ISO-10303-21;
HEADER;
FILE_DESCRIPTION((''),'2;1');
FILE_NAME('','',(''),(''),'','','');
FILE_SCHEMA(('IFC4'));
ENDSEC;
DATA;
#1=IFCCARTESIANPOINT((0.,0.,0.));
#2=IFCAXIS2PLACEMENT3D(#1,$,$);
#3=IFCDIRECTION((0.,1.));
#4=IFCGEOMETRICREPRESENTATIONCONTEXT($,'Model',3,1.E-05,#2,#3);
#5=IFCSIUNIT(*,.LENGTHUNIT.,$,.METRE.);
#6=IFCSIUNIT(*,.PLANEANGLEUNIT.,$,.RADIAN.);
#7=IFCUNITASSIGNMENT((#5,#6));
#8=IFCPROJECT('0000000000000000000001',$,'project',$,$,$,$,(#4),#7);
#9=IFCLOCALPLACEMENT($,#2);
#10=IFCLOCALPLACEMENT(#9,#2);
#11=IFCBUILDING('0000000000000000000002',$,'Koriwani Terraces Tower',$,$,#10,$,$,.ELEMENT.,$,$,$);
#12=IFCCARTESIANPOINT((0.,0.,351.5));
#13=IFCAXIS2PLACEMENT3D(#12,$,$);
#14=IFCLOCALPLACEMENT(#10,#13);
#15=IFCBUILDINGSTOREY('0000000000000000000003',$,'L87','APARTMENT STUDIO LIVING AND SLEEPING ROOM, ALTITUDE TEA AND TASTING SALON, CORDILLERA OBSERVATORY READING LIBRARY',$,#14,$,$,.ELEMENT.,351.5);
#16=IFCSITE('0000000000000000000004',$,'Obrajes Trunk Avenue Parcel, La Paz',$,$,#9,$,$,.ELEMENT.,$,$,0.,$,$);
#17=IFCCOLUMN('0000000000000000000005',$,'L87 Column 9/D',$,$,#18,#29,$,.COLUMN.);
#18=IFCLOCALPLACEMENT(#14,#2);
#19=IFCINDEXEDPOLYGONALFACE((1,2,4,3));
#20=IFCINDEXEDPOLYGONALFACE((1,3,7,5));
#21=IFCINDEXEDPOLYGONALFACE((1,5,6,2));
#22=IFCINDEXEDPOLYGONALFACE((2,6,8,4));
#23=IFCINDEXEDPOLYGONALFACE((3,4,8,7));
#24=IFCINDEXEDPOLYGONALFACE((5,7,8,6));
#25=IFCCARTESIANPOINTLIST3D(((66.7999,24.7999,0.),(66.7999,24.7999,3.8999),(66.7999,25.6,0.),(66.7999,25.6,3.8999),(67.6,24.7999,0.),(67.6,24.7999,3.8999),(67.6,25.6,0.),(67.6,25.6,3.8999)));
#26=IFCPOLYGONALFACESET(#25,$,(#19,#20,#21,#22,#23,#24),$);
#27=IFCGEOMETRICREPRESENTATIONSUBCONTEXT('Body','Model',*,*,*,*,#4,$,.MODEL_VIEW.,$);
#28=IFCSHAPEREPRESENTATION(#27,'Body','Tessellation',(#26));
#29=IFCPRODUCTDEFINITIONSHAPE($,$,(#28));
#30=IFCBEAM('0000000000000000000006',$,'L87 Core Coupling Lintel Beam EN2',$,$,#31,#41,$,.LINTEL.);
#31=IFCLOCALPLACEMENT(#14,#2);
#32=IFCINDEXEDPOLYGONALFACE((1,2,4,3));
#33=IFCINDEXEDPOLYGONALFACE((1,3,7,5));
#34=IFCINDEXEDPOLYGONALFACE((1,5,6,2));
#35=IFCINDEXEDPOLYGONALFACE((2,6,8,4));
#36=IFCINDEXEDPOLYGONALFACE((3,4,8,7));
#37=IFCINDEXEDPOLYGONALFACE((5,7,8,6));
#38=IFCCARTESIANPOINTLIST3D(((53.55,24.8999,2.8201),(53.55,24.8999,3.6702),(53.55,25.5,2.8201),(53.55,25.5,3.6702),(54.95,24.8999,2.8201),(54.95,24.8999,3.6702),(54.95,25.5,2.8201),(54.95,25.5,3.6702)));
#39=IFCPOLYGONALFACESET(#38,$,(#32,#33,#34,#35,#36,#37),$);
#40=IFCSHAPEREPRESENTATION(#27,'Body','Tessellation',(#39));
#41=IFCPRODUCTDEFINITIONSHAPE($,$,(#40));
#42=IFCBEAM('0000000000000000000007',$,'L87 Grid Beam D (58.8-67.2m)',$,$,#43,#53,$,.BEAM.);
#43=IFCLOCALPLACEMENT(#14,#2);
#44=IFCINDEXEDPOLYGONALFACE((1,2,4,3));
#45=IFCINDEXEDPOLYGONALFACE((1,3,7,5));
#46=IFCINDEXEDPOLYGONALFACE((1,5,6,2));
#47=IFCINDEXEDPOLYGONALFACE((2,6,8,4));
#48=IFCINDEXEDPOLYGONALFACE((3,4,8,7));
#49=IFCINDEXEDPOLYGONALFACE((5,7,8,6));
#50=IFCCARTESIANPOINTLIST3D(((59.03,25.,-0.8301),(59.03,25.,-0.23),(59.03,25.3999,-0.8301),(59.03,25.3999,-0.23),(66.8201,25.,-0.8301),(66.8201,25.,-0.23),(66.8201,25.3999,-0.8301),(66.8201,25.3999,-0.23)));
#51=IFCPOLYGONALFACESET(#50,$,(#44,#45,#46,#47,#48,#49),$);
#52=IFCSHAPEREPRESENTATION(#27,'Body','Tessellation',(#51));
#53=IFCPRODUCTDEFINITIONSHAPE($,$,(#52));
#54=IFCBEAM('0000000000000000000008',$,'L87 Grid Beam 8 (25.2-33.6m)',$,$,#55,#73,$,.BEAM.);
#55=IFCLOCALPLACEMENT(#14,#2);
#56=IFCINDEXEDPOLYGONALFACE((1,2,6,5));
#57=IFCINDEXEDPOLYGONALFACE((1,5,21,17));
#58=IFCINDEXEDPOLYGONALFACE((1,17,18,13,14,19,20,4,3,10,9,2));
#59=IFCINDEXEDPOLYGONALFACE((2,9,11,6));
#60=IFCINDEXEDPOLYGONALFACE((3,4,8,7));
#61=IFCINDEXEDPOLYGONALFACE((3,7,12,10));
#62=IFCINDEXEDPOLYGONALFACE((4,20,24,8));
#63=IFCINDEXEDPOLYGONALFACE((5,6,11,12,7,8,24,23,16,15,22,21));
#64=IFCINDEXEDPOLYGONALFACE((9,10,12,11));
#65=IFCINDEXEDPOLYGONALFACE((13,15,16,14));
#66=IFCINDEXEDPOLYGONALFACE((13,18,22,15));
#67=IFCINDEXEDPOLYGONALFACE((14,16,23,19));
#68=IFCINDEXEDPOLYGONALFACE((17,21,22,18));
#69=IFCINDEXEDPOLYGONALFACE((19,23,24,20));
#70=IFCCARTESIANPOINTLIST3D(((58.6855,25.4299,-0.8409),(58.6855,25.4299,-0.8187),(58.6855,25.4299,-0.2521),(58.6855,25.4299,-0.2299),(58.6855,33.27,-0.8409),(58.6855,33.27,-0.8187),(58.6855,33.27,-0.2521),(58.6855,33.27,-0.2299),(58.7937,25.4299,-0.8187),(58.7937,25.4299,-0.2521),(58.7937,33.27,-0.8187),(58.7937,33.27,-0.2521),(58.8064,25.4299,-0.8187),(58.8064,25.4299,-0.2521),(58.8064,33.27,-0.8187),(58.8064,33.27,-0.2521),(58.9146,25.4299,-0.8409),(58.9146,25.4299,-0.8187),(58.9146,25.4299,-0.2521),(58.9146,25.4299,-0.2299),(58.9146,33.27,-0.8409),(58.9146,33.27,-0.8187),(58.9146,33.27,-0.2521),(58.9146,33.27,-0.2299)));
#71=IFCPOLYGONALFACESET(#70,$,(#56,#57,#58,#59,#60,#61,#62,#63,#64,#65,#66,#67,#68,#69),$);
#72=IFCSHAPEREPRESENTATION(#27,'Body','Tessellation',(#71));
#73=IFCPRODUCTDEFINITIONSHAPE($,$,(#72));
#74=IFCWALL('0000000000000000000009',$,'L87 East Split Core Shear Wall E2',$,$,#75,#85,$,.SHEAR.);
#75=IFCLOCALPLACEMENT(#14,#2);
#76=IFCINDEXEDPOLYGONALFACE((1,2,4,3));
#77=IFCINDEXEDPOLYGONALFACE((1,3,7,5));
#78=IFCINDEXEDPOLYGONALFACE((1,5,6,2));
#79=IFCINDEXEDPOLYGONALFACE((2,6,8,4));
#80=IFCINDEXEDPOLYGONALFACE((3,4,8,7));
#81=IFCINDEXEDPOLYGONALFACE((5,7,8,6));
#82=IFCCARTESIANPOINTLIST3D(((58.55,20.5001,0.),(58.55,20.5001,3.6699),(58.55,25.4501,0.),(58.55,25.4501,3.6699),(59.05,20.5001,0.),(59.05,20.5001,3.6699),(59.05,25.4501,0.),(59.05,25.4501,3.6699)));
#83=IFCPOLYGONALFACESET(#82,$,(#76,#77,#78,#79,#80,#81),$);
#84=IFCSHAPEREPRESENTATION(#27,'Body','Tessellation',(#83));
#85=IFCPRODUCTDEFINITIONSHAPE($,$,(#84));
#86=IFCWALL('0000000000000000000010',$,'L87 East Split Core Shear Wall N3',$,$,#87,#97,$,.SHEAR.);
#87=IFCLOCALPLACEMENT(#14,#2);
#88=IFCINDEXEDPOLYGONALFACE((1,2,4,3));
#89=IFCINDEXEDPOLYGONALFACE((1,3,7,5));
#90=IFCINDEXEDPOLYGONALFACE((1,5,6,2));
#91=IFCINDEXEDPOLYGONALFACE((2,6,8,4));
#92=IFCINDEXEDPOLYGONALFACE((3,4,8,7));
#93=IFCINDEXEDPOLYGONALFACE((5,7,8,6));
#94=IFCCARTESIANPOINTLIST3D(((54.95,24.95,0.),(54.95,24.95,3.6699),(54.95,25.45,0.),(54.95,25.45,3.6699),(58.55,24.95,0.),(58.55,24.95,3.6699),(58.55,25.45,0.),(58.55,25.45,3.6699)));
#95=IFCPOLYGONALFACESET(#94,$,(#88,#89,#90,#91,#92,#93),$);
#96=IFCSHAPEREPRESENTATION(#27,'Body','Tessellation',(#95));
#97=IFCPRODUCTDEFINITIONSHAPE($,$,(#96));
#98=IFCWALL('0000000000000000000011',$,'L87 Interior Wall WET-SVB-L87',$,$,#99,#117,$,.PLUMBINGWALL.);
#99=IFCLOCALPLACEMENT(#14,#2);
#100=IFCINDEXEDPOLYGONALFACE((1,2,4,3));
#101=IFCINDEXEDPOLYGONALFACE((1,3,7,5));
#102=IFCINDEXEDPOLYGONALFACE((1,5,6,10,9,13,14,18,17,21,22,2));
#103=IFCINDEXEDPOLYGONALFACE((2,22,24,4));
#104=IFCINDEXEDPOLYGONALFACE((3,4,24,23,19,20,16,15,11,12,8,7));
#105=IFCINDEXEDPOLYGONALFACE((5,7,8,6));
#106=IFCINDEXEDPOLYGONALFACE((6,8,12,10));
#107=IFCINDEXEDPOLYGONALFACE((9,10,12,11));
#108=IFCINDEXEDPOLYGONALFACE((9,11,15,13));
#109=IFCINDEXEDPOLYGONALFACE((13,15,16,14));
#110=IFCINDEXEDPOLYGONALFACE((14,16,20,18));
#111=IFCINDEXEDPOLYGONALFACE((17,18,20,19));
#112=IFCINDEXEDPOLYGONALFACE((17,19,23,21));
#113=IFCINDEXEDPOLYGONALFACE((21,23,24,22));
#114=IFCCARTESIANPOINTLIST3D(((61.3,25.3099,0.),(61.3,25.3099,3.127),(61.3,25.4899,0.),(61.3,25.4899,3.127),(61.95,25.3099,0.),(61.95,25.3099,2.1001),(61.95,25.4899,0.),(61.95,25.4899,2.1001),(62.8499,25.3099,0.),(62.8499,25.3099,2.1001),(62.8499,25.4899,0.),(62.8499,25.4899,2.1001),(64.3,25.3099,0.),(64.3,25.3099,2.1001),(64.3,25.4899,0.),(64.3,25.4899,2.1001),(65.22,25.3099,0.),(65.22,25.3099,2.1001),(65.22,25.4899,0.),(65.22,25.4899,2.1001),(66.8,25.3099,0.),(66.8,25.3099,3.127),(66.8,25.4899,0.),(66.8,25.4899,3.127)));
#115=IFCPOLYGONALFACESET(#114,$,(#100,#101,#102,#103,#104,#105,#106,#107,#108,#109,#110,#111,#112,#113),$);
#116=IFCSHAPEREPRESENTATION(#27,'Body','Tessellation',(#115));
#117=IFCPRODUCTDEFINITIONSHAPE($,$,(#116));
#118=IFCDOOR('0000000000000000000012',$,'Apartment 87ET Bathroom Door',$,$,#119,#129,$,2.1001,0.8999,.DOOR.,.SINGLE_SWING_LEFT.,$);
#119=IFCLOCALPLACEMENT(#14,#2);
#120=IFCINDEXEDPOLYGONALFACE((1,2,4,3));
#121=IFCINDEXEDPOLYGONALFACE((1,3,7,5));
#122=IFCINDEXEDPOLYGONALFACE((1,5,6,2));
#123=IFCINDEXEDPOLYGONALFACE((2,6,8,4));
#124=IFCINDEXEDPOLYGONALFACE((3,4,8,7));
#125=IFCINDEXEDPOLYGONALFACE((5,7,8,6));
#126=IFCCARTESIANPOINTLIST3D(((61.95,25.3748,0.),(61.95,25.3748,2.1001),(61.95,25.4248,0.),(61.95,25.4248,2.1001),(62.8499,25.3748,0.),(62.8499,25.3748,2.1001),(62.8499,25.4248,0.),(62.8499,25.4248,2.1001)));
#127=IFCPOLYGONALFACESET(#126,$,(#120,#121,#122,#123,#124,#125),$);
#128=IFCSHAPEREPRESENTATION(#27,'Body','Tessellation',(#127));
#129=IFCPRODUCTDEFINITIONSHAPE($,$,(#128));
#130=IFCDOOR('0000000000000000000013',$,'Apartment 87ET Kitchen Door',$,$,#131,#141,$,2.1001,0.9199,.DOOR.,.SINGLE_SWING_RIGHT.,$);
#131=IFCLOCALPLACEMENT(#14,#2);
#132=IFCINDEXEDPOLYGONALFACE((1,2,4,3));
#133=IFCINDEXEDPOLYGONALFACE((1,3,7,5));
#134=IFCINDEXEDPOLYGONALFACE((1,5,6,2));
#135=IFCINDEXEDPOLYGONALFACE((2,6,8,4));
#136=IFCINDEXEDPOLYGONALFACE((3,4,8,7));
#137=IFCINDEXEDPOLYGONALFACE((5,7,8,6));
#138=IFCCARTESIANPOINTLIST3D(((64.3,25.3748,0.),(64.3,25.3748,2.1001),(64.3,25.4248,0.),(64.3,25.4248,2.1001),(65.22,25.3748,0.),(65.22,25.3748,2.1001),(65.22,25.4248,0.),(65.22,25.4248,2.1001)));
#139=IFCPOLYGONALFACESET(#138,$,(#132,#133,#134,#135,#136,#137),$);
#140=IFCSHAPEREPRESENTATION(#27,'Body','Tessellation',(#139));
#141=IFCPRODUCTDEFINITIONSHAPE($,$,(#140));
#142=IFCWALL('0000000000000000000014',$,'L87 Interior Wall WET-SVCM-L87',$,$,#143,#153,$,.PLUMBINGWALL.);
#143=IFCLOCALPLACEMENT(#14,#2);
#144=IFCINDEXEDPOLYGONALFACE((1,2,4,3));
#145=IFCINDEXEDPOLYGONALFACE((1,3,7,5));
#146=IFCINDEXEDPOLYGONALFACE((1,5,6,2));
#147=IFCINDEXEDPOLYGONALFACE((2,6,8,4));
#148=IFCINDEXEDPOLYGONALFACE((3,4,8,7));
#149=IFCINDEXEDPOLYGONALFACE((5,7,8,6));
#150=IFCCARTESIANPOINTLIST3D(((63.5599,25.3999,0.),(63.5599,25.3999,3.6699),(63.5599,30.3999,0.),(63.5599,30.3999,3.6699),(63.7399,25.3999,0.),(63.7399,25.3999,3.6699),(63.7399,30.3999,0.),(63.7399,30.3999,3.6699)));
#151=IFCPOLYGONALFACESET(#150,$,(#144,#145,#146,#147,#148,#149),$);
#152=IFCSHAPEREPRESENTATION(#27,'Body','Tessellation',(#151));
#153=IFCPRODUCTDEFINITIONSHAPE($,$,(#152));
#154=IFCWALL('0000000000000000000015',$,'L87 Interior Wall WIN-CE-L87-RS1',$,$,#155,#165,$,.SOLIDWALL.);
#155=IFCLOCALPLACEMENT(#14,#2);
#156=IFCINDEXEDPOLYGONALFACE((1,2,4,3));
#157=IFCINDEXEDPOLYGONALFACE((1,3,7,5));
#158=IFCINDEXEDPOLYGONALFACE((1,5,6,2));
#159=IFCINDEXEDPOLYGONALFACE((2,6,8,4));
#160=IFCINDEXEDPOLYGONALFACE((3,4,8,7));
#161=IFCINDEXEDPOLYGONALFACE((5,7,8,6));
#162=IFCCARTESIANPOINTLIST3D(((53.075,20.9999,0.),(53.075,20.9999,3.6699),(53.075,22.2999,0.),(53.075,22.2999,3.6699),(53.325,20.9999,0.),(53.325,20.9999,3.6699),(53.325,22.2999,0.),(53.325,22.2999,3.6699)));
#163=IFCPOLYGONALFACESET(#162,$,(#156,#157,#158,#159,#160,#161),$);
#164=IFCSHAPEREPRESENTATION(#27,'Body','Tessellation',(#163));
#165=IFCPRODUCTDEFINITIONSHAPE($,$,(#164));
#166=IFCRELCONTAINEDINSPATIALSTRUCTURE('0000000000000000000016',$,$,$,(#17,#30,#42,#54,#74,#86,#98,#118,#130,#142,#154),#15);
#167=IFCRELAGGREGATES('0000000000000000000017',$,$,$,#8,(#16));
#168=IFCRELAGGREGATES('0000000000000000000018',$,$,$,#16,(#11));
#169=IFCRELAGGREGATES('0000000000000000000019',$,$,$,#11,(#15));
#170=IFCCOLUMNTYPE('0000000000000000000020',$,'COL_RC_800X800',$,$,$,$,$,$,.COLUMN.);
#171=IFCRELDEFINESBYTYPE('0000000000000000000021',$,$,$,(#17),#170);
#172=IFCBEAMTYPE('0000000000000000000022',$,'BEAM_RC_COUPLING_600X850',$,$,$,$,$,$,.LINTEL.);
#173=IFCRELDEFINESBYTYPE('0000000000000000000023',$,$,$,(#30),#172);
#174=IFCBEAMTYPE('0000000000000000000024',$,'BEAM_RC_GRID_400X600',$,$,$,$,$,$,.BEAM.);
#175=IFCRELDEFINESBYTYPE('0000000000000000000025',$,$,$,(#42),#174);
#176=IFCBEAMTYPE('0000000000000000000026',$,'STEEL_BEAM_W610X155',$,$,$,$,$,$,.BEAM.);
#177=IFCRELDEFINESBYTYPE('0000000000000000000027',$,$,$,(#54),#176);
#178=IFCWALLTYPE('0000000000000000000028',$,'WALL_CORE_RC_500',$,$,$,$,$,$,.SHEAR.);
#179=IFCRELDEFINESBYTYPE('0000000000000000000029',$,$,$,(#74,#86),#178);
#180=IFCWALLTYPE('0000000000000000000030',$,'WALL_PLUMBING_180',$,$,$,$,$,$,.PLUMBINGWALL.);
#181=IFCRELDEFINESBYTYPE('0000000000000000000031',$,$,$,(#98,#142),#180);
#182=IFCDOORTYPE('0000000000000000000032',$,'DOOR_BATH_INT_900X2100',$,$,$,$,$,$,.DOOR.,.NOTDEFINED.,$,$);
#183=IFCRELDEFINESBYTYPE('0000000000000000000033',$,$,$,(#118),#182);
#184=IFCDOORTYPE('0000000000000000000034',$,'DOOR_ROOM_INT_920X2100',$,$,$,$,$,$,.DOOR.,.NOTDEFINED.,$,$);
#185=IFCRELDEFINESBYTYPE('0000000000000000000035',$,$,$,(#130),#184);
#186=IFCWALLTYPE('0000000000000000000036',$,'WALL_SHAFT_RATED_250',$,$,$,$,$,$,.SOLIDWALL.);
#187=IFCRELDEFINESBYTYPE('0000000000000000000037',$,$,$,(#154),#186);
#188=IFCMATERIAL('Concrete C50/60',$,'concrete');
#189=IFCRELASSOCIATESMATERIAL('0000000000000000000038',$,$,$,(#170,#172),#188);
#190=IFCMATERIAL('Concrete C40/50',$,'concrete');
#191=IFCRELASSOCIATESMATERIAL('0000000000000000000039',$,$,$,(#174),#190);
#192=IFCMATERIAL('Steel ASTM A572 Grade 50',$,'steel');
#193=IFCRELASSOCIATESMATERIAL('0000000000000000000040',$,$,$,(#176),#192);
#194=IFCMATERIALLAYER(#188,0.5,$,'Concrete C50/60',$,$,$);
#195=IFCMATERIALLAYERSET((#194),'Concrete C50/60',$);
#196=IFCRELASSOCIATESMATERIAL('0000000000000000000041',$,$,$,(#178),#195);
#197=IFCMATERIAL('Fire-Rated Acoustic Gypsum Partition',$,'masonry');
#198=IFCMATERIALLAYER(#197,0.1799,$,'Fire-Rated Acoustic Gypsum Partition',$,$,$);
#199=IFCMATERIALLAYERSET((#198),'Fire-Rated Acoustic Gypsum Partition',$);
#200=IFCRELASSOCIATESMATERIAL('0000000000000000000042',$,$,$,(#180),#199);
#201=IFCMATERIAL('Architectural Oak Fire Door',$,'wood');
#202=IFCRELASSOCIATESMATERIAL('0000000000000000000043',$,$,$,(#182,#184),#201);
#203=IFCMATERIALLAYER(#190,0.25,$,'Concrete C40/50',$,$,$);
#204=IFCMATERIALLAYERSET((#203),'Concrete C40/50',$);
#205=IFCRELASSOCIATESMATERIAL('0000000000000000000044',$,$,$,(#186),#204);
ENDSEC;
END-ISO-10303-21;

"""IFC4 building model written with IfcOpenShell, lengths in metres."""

from ifc_helpers import new_model, si_unit, direction, frame, frame_2d, origin, origin_2d, place, context, subcontext, project, spatial, rectangle, i_section, extrude, material, layer, layer_set, material_profile, profile_set, type_object, element, fill, save


model = new_model("IFC4")

# Units and contexts
model_context = context("Model", 3, precision=1e-05, world=origin(), true_north=direction((0.0, 1.0)))
body_context = subcontext(model_context, "Body", "Model", "MODEL_VIEW")
ifc_project = project(units=[si_unit("LENGTHUNIT", "METRE"), si_unit("PLANEANGLEUNIT", "RADIAN")], contexts=[model_context])

# Site, building, storey
site_placement = place(None, origin())
site = spatial("IfcSite", under=ifc_project, at=site_placement, Name="Obrajes Trunk Avenue Parcel, La Paz", CompositionType="ELEMENT", RefElevation=0.0)
building_placement = place(site_placement, origin())
building = spatial("IfcBuilding", under=site, at=building_placement, Name="Koriwani Terraces Tower", CompositionType="ELEMENT")
storey_placement = place(building_placement, frame((0.0, 0.0, 351.5)))
storey = spatial("IfcBuildingStorey", under=building, at=storey_placement, Name="L87", Description="APARTMENT STUDIO LIVING AND SLEEPING ROOM, ALTITUDE TEA AND TASTING SALON, CORDILLERA OBSERVATORY READING LIBRARY", CompositionType="ELEMENT", Elevation=351.5)

# Column
ifc_material_1 = material(Name="Concrete C50/60", Category="concrete")
ifc_material_profile_1 = material_profile(ifc_material_1, rectangle(XDim=0.8, YDim=0.8, at=origin_2d()), Name="Concrete C50/60", Category="LoadBearing")
ifc_profile_set_1 = profile_set([ifc_material_profile_1], Name="Concrete C50/60")
column_type = type_object("IfcColumnType", Name="COL_RC_800X800", PredefinedType="COLUMN", material=ifc_profile_set_1)
column_placement = place(storey_placement, frame((67.2, 25.2, 0.0), z_axis=(0.0, 0.0, 1.0), x_axis=(1.0, 0.0, 0.0)))
element("IfcColumn", 1, at=column_placement, inside=storey, type_object=column_type, Name="L87 Column 9/D", PredefinedType="COLUMN", context=body_context, shape_type="SweptSolid", body=[
    extrude(rectangle(XDim=0.8, YDim=0.8, at=origin_2d()), origin(), (0.0, 0.0, 1.0), 3.8999),
])

# Beams
ifc_material_profile_2 = material_profile(ifc_material_1, rectangle(XDim=0.6001, YDim=0.8501, at=origin_2d()), Name="Concrete C50/60", Category="LoadBearing")
ifc_profile_set_2 = profile_set([ifc_material_profile_2], Name="Concrete C50/60")
beam_type_1 = type_object("IfcBeamType", Name="BEAM_RC_COUPLING_600X850", PredefinedType="LINTEL", material=ifc_profile_set_2)
beam_1_placement = place(storey_placement, frame((53.55, 25.2, 3.2451), z_axis=(1.0, 0.0, 0.0), x_axis=(0.0, 1.0, 0.0)))
element("IfcBeam", 2, at=beam_1_placement, inside=storey, type_object=beam_type_1, Name="L87 Core Coupling Lintel Beam EN2", PredefinedType="LINTEL", context=body_context, shape_type="SweptSolid", body=[
    extrude(rectangle(XDim=0.6001, YDim=0.8501, at=origin_2d()), origin(), (0.0, 0.0, 1.0), 1.3999),
])
ifc_material_2 = material(Name="Concrete C40/50", Category="concrete")
ifc_material_profile_3 = material_profile(ifc_material_2, rectangle(XDim=0.3999, YDim=0.6001, at=origin_2d()), Name="Concrete C40/50", Category="LoadBearing")
ifc_profile_set_3 = profile_set([ifc_material_profile_3], Name="Concrete C40/50")
beam_type_2 = type_object("IfcBeamType", Name="BEAM_RC_GRID_400X600", PredefinedType="BEAM", material=ifc_profile_set_3)
beam_2_placement = place(storey_placement, frame((59.03, 25.2, -0.53), z_axis=(1.0, 0.0, 0.0), x_axis=(0.0, 1.0, 0.0)))
element("IfcBeam", 3, at=beam_2_placement, inside=storey, type_object=beam_type_2, Name="L87 Grid Beam D (58.8-67.2m)", PredefinedType="BEAM", context=body_context, shape_type="SweptSolid", body=[
    extrude(rectangle(XDim=0.3999, YDim=0.6001, at=origin_2d()), origin(), (0.0, 0.0, 1.0), 7.79),
])
ifc_material_3 = material(Name="Steel ASTM A572 Grade 50", Category="steel")
ifc_material_profile_4 = material_profile(ifc_material_3, i_section(OverallWidth=0.229, OverallDepth=0.6111, WebThickness=0.0127, FlangeThickness=0.0222, at=origin_2d()), Name="Steel ASTM A572 Grade 50", Category="LoadBearing")
ifc_profile_set_4 = profile_set([ifc_material_profile_4], Name="Steel ASTM A572 Grade 50")
beam_type_3 = type_object("IfcBeamType", Name="STEEL_BEAM_W610X155", PredefinedType="BEAM", material=ifc_profile_set_4)
beam_3_placement = place(storey_placement, frame((58.8, 25.4299, -0.5354), z_axis=(0.0, 1.0, 0.0), x_axis=(-1.0, 0.0, 0.0)))
element("IfcBeam", 4, at=beam_3_placement, inside=storey, type_object=beam_type_3, Name="L87 Grid Beam 8 (25.2-33.6m)", PredefinedType="BEAM", context=body_context, shape_type="SweptSolid", body=[
    extrude(i_section(OverallWidth=0.229, OverallDepth=0.6111, WebThickness=0.0127, FlangeThickness=0.0222, at=origin_2d()), origin(), (0.0, 0.0, 1.0), 7.8401),
])

# Walls
ifc_layer_1 = layer(ifc_material_1, 0.5, Name="Concrete C50/60")
ifc_layer_set_1 = layer_set([ifc_layer_1], Name="Concrete C50/60")
wall_type_1 = type_object("IfcWallType", Name="WALL_CORE_RC_500", PredefinedType="SHEAR", material=ifc_layer_set_1)
wall_1_placement = place(storey_placement, frame((58.8, 20.5, 0.0), z_axis=(0.0, 0.0, 1.0), x_axis=(0.0, 1.0, 0.0)))
element("IfcWall", 5, at=wall_1_placement, inside=storey, type_object=wall_type_1, Name="L87 East Split Core Shear Wall E2", PredefinedType="SHEAR", context=body_context, shape_type="SweptSolid", body=[
    extrude(rectangle(XDim=4.95, YDim=0.5, at=frame_2d((2.4751, 0.0))), origin(), (0.0, 0.0, 1.0), 3.6699),
])
wall_2_placement = place(storey_placement, frame((54.95, 25.2, 0.0), z_axis=(0.0, 0.0, 1.0), x_axis=(1.0, 0.0, 0.0)))
element("IfcWall", 6, at=wall_2_placement, inside=storey, type_object=wall_type_1, Name="L87 East Split Core Shear Wall N3", PredefinedType="SHEAR", context=body_context, shape_type="SweptSolid", body=[
    extrude(rectangle(XDim=3.6001, YDim=0.5, at=frame_2d((1.8, 0.0))), origin(), (0.0, 0.0, 1.0), 3.6699),
])

# Wall, openings, doors
ifc_material_4 = material(Name="Fire-Rated Acoustic Gypsum Partition", Category="masonry")
ifc_layer_2 = layer(ifc_material_4, 0.1799, Name="Fire-Rated Acoustic Gypsum Partition")
ifc_layer_set_2 = layer_set([ifc_layer_2], Name="Fire-Rated Acoustic Gypsum Partition")
wall_type_2 = type_object("IfcWallType", Name="WALL_PLUMBING_180", PredefinedType="PLUMBINGWALL", material=ifc_layer_set_2)
wall_3_placement = place(storey_placement, frame((61.3, 25.3999, 0.0), z_axis=(0.0, 0.0, 1.0), x_axis=(1.0, 0.0, 0.0)))
wall_3 = element("IfcWall", 7, at=wall_3_placement, inside=storey, type_object=wall_type_2, Name="L87 Interior Wall WET-SVB-L87", PredefinedType="PLUMBINGWALL", context=body_context, shape_type="SweptSolid", body=[
    extrude(rectangle(XDim=5.5, YDim=0.1799, at=frame_2d((2.75, 0.0))), origin(), (0.0, 0.0, 1.0), 3.127),
])
opening_1_placement = place(wall_3_placement, frame((0.6499, 0.0, 0.0)))
opening_1 = element("IfcOpeningElement", 8, at=opening_1_placement, cuts=wall_3, PredefinedType="OPENING", context=body_context, shape_type="SweptSolid", body=[
    extrude(rectangle(XDim=0.8999, YDim=2.1001, at=frame_2d((0.45, 1.05))), frame((0.0, 0.1001, 0.0), z_axis=(0.0, -1.0, 0.0), x_axis=(1.0, 0.0, 0.0)), (0.0, 0.0, 1.0), 0.2),
])
opening_2_placement = place(wall_3_placement, frame((3.0, 0.0, 0.0)))
opening_2 = element("IfcOpeningElement", 9, at=opening_2_placement, cuts=wall_3, PredefinedType="OPENING", context=body_context, shape_type="SweptSolid", body=[
    extrude(rectangle(XDim=0.9199, YDim=2.1001, at=frame_2d((0.46, 1.05))), frame((0.0, 0.1001, 0.0), z_axis=(0.0, -1.0, 0.0), x_axis=(1.0, 0.0, 0.0)), (0.0, 0.0, 1.0), 0.2),
])
ifc_material_5 = material(Name="Architectural Oak Fire Door", Category="wood")
door_type_1 = type_object("IfcDoorType", Name="DOOR_BATH_INT_900X2100", OperationType="NOTDEFINED", PredefinedType="DOOR", material=ifc_material_5)
door_1_placement = place(opening_1_placement, origin())
door_1 = element("IfcDoor", 10, at=door_1_placement, inside=storey, type_object=door_type_1, Name="Apartment 87ET Bathroom Door", OperationType="SINGLE_SWING_LEFT", OverallHeight=2.1001, OverallWidth=0.8999, PredefinedType="DOOR", context=body_context, shape_type="SweptSolid", body=[
    extrude(rectangle(XDim=0.8999, YDim=2.1001, at=frame_2d((0.45, 1.05))), frame((0.0, 0.0249, 0.0), z_axis=(0.0, -1.0, 0.0), x_axis=(1.0, 0.0, 0.0)), (0.0, 0.0, 1.0), 0.05),
])
fill(opening_1, door_1)
door_type_2 = type_object("IfcDoorType", Name="DOOR_ROOM_INT_920X2100", OperationType="NOTDEFINED", PredefinedType="DOOR", material=ifc_material_5)
door_2_placement = place(opening_2_placement, origin())
door_2 = element("IfcDoor", 11, at=door_2_placement, inside=storey, type_object=door_type_2, Name="Apartment 87ET Kitchen Door", OperationType="SINGLE_SWING_RIGHT", OverallHeight=2.1001, OverallWidth=0.9199, PredefinedType="DOOR", context=body_context, shape_type="SweptSolid", body=[
    extrude(rectangle(XDim=0.9199, YDim=2.1001, at=frame_2d((0.46, 1.05))), frame((0.0, 0.0249, 0.0), z_axis=(0.0, -1.0, 0.0), x_axis=(1.0, 0.0, 0.0)), (0.0, 0.0, 1.0), 0.05),
])
fill(opening_2, door_2)

# Wall
wall_4_placement = place(storey_placement, frame((63.6499, 25.3999, 0.0), z_axis=(0.0, 0.0, 1.0), x_axis=(0.0, 1.0, 0.0)))
element("IfcWall", 12, at=wall_4_placement, inside=storey, type_object=wall_type_2, Name="L87 Interior Wall WET-SVCM-L87", PredefinedType="PLUMBINGWALL", context=body_context, shape_type="SweptSolid", body=[
    extrude(rectangle(XDim=5.0, YDim=0.1799, at=frame_2d((2.5, 0.0))), origin(), (0.0, 0.0, 1.0), 3.6699),
])

# Shared definitions
ifc_layer_3 = layer(ifc_material_2, 0.25, Name="Concrete C40/50")
ifc_layer_set_3 = layer_set([ifc_layer_3], Name="Concrete C40/50")
wall_type_3 = type_object("IfcWallType", Name="WALL_SHAFT_RATED_250", PredefinedType="SOLIDWALL", material=ifc_layer_set_3)

# Wall
wall_5_placement = place(storey_placement, frame((53.2, 21.0, 0.0), z_axis=(0.0, 0.0, 1.0), x_axis=(0.0, 1.0, 0.0)))
element("IfcWall", 13, at=wall_5_placement, inside=storey, type_object=wall_type_3, Name="L87 Interior Wall WIN-CE-L87-RS1", PredefinedType="SOLIDWALL", context=body_context, shape_type="SweptSolid", body=[
    extrude(rectangle(XDim=1.3, YDim=0.25, at=frame_2d((0.6499, 0.0))), origin(), (0.0, 0.0, 1.0), 3.6699),
])

save(model, "model.ifc")
